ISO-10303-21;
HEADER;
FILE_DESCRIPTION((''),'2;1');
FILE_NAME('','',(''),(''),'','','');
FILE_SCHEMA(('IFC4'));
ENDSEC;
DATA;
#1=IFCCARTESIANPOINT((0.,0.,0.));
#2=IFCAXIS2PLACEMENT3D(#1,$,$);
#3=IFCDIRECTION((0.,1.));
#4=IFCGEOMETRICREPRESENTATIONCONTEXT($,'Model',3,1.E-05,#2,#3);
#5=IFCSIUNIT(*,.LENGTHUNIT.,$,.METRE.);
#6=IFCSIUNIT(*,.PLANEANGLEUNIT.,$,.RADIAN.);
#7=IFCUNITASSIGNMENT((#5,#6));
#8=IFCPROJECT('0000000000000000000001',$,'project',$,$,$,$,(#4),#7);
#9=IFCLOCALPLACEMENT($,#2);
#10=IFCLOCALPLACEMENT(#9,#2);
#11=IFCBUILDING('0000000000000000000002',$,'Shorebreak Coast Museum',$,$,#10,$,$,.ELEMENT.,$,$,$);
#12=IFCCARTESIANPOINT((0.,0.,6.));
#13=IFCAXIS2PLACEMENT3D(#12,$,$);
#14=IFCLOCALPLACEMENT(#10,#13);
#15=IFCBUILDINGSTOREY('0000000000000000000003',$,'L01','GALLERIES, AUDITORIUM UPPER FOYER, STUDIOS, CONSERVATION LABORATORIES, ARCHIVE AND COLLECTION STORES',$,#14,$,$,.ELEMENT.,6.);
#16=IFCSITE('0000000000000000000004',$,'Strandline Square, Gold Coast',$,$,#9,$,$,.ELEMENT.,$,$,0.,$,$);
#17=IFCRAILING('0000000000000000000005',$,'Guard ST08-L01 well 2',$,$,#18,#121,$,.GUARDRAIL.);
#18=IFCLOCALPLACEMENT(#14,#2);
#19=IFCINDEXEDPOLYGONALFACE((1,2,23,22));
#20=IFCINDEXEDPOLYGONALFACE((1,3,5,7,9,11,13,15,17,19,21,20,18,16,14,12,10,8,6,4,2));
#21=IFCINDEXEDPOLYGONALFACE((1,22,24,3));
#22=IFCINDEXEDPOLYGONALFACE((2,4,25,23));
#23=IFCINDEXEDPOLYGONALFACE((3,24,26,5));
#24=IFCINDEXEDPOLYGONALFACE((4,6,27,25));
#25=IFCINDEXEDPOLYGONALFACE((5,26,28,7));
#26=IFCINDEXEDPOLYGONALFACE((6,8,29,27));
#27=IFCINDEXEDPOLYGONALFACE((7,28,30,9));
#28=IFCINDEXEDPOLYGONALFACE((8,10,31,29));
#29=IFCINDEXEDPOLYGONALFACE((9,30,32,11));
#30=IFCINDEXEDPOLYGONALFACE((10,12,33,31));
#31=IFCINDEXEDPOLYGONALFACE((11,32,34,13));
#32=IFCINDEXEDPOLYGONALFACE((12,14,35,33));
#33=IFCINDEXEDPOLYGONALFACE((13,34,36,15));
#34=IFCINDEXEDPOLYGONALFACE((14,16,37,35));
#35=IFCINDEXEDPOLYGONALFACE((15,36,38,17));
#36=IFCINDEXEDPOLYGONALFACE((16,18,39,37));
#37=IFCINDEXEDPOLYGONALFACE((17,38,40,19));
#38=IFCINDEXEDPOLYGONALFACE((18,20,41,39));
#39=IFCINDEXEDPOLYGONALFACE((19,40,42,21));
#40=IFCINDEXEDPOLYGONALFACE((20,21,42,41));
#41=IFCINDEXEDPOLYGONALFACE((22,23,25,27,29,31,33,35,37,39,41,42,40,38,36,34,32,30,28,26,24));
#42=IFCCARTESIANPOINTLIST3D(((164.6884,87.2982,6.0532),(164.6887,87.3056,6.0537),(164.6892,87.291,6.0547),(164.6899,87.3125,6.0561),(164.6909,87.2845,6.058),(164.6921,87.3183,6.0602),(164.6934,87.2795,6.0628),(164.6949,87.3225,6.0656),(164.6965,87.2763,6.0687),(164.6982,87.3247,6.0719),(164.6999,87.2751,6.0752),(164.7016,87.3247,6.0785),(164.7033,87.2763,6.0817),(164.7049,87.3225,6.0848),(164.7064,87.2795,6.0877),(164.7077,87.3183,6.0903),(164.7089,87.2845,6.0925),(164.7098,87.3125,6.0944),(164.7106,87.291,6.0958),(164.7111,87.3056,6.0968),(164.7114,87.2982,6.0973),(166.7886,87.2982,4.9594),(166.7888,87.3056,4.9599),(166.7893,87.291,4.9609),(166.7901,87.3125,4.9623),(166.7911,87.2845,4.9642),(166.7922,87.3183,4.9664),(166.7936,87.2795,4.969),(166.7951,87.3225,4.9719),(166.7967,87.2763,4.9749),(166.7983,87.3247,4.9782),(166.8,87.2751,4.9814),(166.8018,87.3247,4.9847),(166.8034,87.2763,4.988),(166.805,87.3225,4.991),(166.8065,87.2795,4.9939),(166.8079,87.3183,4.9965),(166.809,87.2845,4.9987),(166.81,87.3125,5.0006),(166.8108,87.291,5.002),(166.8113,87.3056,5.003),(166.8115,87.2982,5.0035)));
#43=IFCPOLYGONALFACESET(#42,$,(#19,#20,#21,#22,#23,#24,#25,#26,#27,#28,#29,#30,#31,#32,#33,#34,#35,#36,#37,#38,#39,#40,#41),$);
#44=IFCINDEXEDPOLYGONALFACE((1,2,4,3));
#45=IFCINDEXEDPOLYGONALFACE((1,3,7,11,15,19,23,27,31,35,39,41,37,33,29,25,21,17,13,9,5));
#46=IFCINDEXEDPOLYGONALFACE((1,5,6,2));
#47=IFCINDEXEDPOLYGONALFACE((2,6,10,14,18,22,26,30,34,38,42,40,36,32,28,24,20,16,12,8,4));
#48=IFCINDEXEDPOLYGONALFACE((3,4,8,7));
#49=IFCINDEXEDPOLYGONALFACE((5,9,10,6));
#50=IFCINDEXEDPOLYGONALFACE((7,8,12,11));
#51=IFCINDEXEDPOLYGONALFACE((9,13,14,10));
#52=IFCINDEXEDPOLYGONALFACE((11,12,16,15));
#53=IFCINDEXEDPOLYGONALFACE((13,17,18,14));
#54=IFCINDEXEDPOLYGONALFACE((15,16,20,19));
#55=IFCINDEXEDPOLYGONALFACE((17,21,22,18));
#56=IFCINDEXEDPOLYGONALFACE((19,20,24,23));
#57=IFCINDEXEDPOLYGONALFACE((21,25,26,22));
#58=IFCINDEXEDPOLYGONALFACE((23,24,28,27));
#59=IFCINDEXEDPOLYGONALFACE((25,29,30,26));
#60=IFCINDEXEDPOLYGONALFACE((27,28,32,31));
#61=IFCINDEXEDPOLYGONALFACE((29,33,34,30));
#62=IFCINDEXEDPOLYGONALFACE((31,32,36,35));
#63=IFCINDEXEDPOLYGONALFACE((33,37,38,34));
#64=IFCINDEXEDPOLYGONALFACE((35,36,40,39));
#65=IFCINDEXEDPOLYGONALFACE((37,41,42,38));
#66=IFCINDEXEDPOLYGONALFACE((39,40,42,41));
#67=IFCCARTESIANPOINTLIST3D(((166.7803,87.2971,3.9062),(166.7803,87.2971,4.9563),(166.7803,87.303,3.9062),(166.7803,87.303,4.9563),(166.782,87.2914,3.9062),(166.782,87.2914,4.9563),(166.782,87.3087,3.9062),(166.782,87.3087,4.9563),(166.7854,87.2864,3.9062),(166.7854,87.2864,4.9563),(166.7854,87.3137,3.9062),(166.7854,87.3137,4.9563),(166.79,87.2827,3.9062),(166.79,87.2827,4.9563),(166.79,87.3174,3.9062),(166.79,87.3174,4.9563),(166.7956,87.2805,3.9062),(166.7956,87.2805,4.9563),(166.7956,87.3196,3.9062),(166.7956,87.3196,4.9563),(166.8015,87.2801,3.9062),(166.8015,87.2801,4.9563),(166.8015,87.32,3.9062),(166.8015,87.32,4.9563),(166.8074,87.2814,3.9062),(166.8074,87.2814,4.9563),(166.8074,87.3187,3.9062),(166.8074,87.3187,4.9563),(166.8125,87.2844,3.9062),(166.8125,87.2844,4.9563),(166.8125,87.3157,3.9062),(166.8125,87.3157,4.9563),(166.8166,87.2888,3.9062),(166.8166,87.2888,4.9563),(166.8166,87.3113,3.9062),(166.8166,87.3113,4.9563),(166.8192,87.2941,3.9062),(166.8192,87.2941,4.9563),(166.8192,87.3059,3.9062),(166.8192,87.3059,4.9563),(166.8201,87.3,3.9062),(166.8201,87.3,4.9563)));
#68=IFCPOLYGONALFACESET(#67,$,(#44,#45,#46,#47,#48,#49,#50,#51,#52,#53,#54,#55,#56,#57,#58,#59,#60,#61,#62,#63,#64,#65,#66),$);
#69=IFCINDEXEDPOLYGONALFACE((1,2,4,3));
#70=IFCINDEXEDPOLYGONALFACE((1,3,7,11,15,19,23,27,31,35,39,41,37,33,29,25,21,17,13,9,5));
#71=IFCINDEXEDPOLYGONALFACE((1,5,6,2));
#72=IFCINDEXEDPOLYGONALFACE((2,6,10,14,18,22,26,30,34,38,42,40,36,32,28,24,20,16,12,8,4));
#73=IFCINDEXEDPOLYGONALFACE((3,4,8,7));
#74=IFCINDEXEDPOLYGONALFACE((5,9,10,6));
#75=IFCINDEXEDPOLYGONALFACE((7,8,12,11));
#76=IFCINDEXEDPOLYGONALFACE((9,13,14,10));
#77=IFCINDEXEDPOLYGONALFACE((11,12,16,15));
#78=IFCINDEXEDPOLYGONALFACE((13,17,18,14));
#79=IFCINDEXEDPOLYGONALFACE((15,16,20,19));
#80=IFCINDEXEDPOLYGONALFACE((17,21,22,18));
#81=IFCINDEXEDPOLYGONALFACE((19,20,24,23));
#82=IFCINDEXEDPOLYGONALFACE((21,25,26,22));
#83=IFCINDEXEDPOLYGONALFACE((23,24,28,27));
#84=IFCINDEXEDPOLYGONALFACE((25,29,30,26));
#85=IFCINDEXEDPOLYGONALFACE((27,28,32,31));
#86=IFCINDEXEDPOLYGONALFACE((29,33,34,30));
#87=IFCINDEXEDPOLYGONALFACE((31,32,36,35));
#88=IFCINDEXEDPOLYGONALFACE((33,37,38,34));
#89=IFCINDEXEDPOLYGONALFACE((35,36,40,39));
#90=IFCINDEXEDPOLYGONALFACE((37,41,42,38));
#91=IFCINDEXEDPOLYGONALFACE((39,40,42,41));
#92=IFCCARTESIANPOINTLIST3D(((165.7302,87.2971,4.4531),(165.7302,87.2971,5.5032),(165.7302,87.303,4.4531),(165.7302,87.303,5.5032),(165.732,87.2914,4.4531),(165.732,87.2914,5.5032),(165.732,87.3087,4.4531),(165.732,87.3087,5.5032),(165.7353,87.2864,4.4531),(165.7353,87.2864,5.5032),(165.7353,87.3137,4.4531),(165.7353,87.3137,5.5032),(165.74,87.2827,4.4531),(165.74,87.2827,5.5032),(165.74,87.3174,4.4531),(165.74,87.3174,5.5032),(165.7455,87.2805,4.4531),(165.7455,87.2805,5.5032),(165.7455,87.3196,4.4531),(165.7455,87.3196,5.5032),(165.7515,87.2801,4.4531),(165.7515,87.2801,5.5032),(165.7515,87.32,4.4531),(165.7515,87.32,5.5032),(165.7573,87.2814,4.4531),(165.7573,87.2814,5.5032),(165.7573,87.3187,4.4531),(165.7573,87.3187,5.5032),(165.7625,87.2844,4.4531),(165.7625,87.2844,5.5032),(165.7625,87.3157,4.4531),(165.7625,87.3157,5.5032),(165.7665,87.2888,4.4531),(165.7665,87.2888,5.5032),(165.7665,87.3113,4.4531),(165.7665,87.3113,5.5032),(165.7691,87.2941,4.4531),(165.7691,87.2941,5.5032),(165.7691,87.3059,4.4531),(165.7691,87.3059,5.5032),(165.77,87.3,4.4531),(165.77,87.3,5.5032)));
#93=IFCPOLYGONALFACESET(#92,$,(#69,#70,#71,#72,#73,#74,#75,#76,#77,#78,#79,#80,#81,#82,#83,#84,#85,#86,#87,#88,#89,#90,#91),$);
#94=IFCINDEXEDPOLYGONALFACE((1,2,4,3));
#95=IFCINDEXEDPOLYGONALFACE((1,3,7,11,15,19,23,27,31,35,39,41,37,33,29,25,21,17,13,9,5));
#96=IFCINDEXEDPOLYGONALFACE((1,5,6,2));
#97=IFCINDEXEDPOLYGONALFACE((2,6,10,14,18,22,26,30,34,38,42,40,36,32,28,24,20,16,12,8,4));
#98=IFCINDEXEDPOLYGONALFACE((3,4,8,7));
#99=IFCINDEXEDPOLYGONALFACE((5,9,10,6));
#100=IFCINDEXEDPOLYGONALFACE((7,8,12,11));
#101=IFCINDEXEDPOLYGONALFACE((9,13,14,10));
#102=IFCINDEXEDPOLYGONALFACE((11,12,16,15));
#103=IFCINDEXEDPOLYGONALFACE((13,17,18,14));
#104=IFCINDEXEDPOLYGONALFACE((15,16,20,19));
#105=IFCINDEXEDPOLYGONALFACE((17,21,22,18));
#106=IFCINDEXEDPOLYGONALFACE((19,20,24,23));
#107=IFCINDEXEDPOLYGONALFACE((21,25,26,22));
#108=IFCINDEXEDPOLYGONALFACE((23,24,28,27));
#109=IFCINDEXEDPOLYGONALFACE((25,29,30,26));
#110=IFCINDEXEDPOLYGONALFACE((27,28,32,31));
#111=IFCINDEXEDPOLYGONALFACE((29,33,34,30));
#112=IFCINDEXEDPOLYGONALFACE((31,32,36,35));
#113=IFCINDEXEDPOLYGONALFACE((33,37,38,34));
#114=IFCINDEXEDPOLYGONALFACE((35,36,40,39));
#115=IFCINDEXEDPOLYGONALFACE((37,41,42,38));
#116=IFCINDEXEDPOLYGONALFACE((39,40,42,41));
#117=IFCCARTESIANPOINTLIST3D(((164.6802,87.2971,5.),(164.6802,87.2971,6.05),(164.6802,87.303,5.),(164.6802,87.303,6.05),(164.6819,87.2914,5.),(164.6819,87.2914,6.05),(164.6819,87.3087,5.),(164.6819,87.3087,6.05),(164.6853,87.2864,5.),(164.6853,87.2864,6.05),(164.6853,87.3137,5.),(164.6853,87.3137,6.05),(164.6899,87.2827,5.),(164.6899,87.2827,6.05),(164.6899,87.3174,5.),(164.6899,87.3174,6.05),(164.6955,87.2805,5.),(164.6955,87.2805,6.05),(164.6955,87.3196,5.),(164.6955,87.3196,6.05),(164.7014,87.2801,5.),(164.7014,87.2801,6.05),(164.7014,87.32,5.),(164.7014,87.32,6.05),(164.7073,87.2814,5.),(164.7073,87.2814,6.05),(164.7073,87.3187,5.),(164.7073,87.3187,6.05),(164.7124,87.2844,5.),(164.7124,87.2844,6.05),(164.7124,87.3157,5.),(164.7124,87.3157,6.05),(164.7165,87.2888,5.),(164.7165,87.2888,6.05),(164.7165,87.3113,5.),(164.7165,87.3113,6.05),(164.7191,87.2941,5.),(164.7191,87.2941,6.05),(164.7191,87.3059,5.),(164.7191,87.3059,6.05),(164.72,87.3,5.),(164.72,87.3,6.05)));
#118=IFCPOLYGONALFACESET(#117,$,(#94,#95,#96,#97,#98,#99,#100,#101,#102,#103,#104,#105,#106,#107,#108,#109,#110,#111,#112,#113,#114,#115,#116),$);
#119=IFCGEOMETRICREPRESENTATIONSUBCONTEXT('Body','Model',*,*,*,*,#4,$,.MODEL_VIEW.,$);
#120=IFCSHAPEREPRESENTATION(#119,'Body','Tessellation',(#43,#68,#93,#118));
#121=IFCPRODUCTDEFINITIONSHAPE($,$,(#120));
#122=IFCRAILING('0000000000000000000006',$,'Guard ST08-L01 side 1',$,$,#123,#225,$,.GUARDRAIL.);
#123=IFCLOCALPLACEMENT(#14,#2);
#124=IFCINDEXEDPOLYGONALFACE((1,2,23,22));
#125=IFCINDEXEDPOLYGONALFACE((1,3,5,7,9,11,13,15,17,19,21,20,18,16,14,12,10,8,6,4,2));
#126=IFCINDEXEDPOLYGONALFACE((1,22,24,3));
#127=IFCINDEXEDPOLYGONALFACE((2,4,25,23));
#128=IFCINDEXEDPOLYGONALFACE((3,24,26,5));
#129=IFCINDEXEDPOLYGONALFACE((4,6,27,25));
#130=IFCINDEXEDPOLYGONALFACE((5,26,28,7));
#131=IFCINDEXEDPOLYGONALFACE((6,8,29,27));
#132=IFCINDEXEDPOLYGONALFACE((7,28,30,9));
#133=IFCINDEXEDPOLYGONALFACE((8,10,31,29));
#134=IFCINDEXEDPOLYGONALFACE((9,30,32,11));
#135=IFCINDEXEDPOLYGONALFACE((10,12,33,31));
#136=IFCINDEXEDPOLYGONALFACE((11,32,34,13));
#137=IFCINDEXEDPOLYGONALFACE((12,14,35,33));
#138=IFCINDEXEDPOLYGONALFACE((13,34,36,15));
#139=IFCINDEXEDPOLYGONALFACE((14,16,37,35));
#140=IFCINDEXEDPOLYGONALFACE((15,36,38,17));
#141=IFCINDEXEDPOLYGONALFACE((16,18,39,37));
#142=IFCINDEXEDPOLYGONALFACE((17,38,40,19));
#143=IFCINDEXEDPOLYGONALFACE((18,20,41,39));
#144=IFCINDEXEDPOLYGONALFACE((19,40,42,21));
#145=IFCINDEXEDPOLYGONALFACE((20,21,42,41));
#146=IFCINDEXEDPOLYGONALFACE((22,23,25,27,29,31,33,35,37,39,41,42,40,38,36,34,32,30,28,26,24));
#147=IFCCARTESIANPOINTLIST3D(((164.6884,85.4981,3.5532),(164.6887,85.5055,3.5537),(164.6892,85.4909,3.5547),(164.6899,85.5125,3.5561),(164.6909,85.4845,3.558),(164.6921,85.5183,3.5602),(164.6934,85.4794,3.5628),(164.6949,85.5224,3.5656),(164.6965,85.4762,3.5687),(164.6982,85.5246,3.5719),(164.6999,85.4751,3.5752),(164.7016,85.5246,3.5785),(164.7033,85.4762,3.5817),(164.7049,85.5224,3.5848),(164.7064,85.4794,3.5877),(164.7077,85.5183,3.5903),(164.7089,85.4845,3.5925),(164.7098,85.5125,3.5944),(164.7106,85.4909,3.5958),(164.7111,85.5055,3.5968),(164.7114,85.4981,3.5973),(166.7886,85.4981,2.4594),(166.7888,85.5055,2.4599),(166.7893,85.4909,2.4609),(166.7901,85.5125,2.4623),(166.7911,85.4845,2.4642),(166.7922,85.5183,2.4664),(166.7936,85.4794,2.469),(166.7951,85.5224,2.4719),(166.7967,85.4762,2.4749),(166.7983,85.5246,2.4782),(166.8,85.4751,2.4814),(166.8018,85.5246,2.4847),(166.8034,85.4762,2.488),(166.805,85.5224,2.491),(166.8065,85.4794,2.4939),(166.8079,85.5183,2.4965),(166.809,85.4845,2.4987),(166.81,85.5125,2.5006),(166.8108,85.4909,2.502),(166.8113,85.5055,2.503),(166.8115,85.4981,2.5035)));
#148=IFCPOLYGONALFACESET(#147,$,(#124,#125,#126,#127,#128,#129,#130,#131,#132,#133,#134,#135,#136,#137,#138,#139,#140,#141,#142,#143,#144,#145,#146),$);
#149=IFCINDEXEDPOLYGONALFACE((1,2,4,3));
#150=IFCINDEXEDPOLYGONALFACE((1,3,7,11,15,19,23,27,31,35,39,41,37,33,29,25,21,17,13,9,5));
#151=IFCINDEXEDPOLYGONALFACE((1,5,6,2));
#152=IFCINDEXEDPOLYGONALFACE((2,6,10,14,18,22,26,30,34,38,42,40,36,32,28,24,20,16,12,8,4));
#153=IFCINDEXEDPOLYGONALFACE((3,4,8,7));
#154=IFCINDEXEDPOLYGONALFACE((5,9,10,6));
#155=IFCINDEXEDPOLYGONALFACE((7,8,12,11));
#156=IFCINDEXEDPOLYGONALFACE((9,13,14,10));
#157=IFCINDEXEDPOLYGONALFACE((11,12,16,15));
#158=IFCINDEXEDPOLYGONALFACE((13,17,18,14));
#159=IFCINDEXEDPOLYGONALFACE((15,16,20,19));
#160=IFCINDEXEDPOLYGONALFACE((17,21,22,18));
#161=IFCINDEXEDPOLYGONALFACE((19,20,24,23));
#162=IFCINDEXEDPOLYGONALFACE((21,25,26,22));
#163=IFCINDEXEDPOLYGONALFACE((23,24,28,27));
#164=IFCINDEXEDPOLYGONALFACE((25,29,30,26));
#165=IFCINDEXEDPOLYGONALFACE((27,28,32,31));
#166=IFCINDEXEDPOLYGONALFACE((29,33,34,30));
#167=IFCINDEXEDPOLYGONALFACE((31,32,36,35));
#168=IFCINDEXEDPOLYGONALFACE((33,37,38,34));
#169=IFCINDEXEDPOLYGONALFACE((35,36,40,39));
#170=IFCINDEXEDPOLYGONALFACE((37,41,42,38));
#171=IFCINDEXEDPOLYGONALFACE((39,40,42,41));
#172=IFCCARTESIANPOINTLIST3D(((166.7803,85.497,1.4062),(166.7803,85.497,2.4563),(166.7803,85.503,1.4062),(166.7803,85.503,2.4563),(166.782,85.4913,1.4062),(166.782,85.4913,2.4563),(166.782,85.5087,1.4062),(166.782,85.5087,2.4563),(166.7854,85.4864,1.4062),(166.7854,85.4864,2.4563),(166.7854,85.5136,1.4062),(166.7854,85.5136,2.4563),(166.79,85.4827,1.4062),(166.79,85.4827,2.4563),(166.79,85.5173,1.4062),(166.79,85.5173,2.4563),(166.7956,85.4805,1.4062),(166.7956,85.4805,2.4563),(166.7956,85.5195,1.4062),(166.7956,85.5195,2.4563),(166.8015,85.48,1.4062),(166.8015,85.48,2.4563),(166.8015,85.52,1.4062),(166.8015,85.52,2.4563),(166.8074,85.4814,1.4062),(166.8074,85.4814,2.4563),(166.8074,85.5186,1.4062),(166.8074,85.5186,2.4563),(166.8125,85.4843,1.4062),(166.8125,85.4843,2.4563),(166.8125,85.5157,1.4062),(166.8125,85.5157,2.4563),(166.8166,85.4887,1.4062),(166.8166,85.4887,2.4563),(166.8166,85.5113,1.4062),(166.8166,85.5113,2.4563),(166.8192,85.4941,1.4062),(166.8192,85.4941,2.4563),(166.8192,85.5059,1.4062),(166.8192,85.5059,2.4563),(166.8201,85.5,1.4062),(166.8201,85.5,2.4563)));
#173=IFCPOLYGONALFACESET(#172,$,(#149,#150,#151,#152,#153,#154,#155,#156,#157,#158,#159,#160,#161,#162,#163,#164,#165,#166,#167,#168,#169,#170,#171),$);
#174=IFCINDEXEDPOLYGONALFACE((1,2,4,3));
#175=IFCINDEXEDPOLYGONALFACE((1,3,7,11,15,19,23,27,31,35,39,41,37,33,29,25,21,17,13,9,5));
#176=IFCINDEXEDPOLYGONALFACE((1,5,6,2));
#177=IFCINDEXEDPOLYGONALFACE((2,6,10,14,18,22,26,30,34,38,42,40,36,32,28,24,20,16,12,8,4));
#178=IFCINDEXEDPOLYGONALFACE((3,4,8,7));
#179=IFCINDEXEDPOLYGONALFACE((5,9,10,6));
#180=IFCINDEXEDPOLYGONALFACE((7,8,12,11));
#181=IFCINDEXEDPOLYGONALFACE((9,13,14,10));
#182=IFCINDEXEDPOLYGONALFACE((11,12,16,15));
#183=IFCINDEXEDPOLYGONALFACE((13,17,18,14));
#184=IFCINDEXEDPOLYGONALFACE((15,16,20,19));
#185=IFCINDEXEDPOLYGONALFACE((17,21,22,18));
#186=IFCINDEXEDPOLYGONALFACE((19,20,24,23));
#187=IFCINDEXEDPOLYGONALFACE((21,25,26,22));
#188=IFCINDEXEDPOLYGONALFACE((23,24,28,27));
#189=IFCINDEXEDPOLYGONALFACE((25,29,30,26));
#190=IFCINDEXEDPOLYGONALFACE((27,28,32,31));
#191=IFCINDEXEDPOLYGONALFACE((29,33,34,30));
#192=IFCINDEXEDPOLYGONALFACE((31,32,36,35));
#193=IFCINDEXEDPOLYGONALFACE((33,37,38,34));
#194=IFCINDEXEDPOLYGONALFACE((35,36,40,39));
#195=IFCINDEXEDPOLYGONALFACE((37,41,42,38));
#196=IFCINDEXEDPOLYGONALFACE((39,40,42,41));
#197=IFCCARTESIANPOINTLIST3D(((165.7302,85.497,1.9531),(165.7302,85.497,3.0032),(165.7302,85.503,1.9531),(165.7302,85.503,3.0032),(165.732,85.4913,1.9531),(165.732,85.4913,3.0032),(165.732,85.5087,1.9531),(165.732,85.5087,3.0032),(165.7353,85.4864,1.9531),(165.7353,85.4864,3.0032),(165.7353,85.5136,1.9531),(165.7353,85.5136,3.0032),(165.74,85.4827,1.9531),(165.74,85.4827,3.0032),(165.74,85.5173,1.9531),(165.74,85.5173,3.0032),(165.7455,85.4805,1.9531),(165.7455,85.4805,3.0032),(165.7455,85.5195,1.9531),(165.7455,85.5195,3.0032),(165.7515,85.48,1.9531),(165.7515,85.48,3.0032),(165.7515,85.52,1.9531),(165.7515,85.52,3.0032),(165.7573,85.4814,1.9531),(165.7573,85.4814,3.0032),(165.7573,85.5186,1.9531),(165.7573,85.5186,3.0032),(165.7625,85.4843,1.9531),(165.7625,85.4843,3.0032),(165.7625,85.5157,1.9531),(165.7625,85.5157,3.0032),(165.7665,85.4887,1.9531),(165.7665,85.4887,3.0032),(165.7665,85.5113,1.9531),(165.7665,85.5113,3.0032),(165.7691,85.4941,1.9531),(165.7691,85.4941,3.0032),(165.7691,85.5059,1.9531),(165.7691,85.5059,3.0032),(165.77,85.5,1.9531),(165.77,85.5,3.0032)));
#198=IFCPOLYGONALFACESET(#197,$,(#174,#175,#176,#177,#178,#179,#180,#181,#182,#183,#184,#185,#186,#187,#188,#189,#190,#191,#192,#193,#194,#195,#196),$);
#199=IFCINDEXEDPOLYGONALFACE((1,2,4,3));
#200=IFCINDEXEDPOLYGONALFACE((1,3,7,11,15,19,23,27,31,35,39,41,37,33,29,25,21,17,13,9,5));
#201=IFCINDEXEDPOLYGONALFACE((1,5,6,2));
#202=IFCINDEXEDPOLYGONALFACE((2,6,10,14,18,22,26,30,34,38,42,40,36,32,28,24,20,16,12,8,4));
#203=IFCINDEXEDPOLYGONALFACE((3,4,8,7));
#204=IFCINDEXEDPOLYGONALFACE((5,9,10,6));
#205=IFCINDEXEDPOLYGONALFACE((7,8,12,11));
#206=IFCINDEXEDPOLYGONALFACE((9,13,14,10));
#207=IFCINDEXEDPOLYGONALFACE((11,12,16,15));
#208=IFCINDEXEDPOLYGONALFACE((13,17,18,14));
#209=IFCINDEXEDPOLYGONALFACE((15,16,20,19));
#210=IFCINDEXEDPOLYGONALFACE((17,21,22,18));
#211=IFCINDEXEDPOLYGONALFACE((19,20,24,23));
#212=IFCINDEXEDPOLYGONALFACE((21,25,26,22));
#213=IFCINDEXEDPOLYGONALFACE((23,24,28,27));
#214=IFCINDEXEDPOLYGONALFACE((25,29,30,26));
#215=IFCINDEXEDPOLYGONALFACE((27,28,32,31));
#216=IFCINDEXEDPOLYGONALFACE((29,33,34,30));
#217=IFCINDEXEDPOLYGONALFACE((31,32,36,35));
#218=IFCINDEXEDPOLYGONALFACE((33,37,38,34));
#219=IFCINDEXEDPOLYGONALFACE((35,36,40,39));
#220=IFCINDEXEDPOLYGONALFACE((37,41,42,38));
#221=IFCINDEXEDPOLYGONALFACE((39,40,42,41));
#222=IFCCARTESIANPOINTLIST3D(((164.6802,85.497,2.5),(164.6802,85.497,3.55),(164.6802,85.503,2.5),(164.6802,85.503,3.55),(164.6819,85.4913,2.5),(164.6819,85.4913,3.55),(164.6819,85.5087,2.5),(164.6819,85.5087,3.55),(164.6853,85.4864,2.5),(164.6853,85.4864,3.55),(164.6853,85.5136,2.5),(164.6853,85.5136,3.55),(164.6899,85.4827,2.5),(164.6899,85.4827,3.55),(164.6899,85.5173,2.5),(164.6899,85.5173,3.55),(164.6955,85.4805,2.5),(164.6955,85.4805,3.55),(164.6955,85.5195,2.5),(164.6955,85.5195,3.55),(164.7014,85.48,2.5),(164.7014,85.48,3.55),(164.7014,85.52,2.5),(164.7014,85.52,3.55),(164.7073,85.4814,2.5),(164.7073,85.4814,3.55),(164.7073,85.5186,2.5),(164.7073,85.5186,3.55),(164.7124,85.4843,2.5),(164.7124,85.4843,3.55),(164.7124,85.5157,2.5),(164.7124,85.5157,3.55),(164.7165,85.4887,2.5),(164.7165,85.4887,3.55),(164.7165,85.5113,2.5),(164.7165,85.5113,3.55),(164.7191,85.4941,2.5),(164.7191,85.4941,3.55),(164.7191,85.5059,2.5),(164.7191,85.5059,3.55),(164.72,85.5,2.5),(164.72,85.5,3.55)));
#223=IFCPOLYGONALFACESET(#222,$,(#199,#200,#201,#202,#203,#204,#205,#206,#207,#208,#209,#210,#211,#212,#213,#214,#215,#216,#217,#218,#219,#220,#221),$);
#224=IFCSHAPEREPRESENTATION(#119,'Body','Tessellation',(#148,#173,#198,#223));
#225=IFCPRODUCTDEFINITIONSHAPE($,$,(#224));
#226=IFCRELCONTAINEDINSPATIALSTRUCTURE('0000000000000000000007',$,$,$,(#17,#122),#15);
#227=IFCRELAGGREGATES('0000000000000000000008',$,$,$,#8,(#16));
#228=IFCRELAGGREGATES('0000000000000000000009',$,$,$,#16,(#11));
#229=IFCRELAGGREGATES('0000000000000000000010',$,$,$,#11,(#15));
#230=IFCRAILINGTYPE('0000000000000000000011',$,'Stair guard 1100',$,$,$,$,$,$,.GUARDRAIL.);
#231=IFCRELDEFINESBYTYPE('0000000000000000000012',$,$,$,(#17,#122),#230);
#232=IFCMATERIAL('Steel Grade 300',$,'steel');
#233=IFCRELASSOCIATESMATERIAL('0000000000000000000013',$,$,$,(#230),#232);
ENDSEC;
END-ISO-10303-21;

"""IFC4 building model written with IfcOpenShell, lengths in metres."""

from ifc_helpers import new_model, si_unit, direction, frame, origin, origin_2d, place, context, subcontext, project, spatial, circle, extrude, material, type_object, element, save


model = new_model("IFC4")

# Units and contexts
model_context = context("Model", 3, precision=1e-05, world=origin(), true_north=direction((0.0, 1.0)))
body_context = subcontext(model_context, "Body", "Model", "MODEL_VIEW")
ifc_project = project(units=[si_unit("LENGTHUNIT", "METRE"), si_unit("PLANEANGLEUNIT", "RADIAN")], contexts=[model_context])

# Site, building, storey
site_placement = place(None, origin())
site = spatial("IfcSite", under=ifc_project, at=site_placement, Name="Strandline Square, Gold Coast", CompositionType="ELEMENT", RefElevation=0.0)
building_placement = place(site_placement, origin())
building = spatial("IfcBuilding", under=site, at=building_placement, Name="Shorebreak Coast Museum", CompositionType="ELEMENT")
storey_placement = place(building_placement, frame((0.0, 0.0, 6.0)))
storey = spatial("IfcBuildingStorey", under=building, at=storey_placement, Name="L01", Description="GALLERIES, AUDITORIUM UPPER FOYER, STUDIOS, CONSERVATION LABORATORIES, ARCHIVE AND COLLECTION STORES", CompositionType="ELEMENT", Elevation=6.0)

# Railings
ifc_material_1 = material(Name="Steel Grade 300", Category="steel")
railing_type_1 = type_object("IfcRailingType", Name="Stair guard 1100", PredefinedType="GUARDRAIL", material=ifc_material_1)
for number, where, name in (
    (1, (166.8, 87.3, 3.9062), "Guard ST08-L01 well 2"),
    (2, (166.8, 85.5, 1.4062), "Guard ST08-L01 side 1"),
):
    element("IfcRailing", number, at=place(storey_placement, frame(where)), inside=storey, type_object=railing_type_1, Name=name, PredefinedType="GUARDRAIL", context=body_context, shape_type="SweptSolid", body=[
        extrude(circle(Radius=0.0249, at=origin_2d()), frame((0.0, 0.0, 1.0752), z_axis=(-0.886923, 0.0, 0.461918), x_axis=(0.0, -1.0, 0.0)), (0.0, 0.0, 1.0), 2.3679),
        extrude(circle(Radius=0.02, at=origin_2d()), origin(), (0.0, 0.0, 1.0), 1.05),
        extrude(circle(Radius=0.02, at=origin_2d()), frame((-1.05, 0.0, 0.5469)), (0.0, 0.0, 1.0), 1.05),
        extrude(circle(Radius=0.02, at=origin_2d()), frame((-2.1001, 0.0, 1.0938)), (0.0, 0.0, 1.0), 1.05),
    ])

save(model, "model.ifc")
